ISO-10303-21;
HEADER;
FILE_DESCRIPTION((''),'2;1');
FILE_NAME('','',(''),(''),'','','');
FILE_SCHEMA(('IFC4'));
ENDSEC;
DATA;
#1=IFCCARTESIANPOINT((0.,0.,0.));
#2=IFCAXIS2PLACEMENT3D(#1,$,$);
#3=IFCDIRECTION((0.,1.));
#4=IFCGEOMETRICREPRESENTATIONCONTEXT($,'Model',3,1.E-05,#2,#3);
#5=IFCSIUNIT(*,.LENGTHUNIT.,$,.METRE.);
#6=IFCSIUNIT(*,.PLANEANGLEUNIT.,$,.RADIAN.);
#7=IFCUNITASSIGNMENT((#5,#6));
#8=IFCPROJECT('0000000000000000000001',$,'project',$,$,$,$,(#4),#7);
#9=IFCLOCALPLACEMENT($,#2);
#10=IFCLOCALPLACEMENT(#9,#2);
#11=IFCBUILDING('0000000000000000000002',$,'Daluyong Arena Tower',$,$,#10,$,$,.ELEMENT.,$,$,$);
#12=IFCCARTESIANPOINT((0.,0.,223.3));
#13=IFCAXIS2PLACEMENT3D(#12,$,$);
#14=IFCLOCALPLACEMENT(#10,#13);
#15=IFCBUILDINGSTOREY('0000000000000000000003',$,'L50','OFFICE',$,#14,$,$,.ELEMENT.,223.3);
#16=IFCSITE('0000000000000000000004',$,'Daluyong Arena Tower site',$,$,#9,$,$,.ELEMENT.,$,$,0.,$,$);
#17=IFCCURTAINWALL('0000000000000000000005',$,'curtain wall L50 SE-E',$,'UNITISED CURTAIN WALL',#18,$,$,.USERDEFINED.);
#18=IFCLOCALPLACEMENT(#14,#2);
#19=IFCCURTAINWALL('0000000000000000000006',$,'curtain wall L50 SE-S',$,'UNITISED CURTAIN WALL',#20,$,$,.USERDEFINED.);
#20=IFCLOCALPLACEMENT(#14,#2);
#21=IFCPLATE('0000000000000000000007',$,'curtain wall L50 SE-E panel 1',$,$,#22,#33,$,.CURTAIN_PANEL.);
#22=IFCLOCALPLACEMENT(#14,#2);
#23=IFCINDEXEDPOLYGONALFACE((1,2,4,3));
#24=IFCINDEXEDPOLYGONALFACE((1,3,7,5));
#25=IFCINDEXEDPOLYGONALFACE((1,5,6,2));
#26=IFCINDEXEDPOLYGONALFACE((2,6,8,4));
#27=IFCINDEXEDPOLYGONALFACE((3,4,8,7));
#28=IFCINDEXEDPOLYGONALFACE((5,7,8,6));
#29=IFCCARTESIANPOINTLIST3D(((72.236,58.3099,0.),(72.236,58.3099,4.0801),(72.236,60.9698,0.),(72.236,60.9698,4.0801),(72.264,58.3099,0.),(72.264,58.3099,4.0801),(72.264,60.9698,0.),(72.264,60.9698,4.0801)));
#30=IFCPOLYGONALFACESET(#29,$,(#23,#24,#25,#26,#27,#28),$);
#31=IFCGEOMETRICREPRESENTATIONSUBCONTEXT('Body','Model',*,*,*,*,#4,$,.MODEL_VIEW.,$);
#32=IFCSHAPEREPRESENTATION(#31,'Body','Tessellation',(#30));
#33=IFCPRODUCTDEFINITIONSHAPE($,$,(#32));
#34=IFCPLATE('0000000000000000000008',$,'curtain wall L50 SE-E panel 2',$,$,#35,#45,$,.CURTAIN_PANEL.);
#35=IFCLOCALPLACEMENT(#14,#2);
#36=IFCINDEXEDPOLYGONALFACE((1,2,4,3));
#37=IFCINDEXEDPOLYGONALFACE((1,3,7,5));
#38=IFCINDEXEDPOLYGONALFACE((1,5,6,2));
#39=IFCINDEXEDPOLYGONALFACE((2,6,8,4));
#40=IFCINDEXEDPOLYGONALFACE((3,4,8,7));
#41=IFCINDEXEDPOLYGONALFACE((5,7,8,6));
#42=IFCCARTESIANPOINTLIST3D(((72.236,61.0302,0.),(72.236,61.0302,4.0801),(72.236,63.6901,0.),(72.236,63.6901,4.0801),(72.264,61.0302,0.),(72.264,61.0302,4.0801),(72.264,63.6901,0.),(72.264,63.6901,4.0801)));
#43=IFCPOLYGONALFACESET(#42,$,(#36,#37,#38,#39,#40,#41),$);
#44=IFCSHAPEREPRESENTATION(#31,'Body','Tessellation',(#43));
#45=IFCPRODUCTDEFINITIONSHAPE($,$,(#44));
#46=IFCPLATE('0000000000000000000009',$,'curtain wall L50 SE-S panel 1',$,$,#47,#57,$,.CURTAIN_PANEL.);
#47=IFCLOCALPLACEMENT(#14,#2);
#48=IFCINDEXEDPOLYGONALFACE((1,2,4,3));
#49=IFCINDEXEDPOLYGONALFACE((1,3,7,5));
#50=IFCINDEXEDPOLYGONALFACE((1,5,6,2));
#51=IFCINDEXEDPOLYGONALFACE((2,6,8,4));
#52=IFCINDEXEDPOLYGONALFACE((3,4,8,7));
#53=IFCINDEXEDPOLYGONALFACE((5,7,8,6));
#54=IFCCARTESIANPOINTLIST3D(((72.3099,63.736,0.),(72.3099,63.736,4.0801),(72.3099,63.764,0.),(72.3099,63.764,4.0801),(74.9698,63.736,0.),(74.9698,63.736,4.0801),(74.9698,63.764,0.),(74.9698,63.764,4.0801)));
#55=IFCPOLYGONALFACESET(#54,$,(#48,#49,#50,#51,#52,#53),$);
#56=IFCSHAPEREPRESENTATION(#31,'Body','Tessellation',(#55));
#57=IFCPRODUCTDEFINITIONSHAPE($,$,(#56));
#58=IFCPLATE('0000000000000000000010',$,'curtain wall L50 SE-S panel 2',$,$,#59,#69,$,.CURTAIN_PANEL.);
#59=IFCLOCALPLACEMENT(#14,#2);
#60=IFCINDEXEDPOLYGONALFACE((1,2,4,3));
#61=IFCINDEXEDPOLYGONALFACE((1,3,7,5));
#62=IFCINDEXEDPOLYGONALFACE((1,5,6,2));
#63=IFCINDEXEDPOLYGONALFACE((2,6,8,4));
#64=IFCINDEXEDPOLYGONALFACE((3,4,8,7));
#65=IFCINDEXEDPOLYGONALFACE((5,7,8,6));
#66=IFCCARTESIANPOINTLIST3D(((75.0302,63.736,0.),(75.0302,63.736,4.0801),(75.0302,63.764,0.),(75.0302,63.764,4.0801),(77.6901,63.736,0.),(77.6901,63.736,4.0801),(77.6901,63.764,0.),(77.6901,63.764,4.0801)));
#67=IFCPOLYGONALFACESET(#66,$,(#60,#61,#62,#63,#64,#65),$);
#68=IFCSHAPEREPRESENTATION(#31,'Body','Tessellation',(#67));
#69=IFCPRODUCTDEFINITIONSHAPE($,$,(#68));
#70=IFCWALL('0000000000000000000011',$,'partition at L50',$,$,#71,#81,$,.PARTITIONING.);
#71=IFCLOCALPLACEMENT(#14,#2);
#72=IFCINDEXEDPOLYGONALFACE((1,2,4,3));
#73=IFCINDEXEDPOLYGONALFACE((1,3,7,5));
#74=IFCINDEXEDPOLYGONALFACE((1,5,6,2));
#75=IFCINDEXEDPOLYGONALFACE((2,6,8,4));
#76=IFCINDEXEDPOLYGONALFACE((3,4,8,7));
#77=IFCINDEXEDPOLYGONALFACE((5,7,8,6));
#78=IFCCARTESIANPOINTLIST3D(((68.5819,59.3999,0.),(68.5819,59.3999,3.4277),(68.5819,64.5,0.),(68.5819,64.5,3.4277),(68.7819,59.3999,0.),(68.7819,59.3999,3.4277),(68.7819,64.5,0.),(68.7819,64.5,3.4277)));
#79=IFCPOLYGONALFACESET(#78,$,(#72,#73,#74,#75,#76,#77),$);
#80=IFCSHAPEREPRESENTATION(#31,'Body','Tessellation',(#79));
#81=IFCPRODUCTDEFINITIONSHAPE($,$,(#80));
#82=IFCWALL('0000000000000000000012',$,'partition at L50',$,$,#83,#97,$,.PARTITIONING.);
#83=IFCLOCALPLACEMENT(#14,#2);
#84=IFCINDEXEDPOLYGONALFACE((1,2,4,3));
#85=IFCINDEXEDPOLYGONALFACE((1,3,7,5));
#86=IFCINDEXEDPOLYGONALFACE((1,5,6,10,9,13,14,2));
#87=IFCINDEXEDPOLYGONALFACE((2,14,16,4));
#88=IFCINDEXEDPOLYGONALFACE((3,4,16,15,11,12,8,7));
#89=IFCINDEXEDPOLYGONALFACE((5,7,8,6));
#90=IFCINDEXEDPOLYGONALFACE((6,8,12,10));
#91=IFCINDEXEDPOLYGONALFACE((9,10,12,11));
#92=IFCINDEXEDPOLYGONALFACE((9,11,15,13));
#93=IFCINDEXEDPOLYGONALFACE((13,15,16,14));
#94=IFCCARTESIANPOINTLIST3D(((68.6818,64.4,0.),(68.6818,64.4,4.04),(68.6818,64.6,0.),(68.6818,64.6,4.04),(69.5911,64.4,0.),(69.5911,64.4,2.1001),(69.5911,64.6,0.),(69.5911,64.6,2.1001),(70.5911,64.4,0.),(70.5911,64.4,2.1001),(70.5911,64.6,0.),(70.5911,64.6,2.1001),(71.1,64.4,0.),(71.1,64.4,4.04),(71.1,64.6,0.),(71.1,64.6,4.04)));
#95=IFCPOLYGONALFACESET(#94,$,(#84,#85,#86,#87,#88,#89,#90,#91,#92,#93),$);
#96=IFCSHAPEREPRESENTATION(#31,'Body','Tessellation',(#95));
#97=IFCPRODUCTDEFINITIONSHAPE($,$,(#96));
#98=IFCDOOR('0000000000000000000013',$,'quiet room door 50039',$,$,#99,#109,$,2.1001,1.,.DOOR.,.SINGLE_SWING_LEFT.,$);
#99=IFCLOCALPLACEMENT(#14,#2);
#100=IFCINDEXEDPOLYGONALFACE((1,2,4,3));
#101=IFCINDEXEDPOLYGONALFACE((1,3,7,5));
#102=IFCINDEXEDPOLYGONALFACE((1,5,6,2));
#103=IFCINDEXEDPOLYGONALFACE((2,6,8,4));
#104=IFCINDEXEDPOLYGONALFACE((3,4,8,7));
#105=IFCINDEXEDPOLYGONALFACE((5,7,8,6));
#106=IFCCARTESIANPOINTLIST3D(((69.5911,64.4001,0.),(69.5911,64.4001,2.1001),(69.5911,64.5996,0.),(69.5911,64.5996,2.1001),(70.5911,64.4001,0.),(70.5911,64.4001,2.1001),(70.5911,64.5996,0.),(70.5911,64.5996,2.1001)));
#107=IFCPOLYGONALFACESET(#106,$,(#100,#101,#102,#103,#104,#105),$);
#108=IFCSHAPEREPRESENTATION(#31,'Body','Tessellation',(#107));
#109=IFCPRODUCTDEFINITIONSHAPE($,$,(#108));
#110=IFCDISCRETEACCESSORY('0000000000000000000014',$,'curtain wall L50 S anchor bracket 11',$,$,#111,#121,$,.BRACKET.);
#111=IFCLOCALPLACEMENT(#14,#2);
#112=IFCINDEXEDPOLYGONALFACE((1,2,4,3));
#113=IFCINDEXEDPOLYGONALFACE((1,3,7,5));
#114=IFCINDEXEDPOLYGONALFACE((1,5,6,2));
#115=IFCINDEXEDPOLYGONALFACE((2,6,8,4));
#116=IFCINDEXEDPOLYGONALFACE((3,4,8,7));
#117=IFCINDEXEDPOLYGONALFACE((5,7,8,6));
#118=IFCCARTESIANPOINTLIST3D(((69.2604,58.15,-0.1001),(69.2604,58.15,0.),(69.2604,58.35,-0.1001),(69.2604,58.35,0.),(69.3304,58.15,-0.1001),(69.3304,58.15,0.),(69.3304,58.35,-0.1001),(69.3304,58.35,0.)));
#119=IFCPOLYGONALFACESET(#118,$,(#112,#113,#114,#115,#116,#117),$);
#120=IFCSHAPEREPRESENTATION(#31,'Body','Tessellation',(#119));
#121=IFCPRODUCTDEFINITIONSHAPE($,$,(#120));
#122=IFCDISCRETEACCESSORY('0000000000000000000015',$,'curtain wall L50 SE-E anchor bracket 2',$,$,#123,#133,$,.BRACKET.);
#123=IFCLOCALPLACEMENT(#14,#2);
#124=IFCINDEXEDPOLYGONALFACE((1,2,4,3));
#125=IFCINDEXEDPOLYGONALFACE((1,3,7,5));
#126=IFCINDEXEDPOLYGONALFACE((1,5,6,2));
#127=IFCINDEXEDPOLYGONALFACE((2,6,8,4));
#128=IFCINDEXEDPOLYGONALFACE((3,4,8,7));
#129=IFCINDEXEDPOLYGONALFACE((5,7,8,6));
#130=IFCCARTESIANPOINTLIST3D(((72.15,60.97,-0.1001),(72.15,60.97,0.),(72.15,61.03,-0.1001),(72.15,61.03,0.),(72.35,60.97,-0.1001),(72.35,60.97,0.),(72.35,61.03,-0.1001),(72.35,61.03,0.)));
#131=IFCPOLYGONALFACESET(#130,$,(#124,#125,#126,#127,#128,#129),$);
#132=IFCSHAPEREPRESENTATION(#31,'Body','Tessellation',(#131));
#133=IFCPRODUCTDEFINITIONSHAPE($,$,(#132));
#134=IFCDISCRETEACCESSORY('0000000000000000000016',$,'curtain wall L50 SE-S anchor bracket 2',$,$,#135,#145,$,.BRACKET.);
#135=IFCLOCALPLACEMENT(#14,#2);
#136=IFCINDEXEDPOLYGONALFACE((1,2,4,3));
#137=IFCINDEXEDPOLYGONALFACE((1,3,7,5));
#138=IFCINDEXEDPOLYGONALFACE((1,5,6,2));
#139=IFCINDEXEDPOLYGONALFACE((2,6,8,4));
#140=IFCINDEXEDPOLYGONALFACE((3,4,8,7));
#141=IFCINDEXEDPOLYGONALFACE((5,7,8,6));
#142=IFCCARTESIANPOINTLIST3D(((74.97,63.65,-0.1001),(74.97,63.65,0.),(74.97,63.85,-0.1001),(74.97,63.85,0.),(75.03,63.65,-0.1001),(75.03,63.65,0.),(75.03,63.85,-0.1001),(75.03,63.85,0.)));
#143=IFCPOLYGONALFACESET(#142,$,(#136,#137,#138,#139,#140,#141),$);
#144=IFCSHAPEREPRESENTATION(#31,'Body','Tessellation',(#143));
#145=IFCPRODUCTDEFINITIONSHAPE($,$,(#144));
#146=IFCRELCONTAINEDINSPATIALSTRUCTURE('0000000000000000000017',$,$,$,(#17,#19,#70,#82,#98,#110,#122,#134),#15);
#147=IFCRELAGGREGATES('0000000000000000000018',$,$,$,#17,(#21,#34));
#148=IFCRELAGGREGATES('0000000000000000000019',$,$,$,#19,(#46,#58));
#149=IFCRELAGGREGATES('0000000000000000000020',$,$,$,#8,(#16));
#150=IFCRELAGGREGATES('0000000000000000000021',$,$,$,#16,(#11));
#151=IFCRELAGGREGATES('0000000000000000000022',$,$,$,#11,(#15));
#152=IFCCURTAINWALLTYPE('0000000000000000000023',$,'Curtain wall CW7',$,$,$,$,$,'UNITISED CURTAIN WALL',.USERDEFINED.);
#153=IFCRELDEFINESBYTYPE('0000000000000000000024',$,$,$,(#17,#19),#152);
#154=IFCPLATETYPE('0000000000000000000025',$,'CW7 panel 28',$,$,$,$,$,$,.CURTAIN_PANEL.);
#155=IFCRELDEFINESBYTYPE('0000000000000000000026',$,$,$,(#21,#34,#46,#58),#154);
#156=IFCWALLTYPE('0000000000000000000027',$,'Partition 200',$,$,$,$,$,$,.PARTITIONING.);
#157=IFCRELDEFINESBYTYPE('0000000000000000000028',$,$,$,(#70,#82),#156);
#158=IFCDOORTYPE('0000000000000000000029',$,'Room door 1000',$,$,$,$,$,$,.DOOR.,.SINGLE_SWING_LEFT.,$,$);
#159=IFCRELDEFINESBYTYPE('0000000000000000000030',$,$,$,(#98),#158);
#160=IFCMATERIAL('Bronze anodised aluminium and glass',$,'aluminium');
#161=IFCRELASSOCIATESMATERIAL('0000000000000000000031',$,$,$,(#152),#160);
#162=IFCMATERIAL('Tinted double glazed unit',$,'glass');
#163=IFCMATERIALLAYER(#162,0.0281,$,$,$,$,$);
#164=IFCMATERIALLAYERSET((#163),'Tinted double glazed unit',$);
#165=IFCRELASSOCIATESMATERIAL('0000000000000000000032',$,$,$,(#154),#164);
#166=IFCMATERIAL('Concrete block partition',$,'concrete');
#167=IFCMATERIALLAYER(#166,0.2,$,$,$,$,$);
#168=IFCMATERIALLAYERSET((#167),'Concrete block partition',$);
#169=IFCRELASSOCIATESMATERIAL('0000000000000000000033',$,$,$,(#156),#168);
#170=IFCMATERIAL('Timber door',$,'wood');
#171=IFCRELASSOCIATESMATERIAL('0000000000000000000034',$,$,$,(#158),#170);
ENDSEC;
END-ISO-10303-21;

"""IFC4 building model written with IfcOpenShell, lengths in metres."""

from ifc_helpers import new_model, si_unit, direction, frame, frame_2d, origin, origin_2d, place, context, subcontext, project, spatial, rectangle, extrude, material, layer, layer_set, type_object, element, fill, aggregate, save


model = new_model("IFC4")

# Units and contexts
model_context = context("Model", 3, precision=1e-05, world=origin(), true_north=direction((0.0, 1.0)))
body_context = subcontext(model_context, "Body", "Model", "MODEL_VIEW")
ifc_project = project(units=[si_unit("LENGTHUNIT", "METRE"), si_unit("PLANEANGLEUNIT", "RADIAN")], contexts=[model_context])

# Site, building, storey
site_placement = place(None, origin())
site = spatial("IfcSite", under=ifc_project, at=site_placement, Name="Daluyong Arena Tower site", CompositionType="ELEMENT", RefElevation=0.0)
building_placement = place(site_placement, origin())
building = spatial("IfcBuilding", under=site, at=building_placement, Name="Daluyong Arena Tower", CompositionType="ELEMENT")
storey_placement = place(building_placement, frame((0.0, 0.0, 223.3)))
storey = spatial("IfcBuildingStorey", under=building, at=storey_placement, Name="L50", Description="OFFICE", CompositionType="ELEMENT", Elevation=223.3)

# Curtain walls
ifc_material_1 = material(Name="Bronze anodised aluminium and glass", Category="aluminium")
curtain_wall_type_1 = type_object("IfcCurtainWallType", Name="Curtain wall CW7", ElementType="UNITISED CURTAIN WALL", PredefinedType="USERDEFINED", material=ifc_material_1)
curtain_wall_1_placement = place(storey_placement, origin())
curtain_wall_1 = element("IfcCurtainWall", 1, at=curtain_wall_1_placement, inside=storey, type_object=curtain_wall_type_1, Name="curtain wall L50 SE-E", ObjectType="UNITISED CURTAIN WALL", PredefinedType="USERDEFINED")
curtain_wall_2_placement = place(storey_placement, origin())
curtain_wall_2 = element("IfcCurtainWall", 2, at=curtain_wall_2_placement, inside=storey, type_object=curtain_wall_type_1, Name="curtain wall L50 SE-S", ObjectType="UNITISED CURTAIN WALL", PredefinedType="USERDEFINED")

# Plates
ifc_material_2 = material(Name="Tinted double glazed unit", Category="glass")
ifc_layer_1 = layer(ifc_material_2, 0.0281)
ifc_layer_set_1 = layer_set([ifc_layer_1], Name="Tinted double glazed unit")
plate_type_1 = type_object("IfcPlateType", Name="CW7 panel 28", PredefinedType="CURTAIN_PANEL", material=ifc_layer_set_1)
plate_1_placement = place(storey_placement, frame((72.25, 59.6399, 0.0), z_axis=(0.0, 0.0, 1.0), x_axis=(0.0, 1.0, 0.0)))
plate_1 = element("IfcPlate", 3, at=plate_1_placement, type_object=plate_type_1, Name="curtain wall L50 SE-E panel 1", PredefinedType="CURTAIN_PANEL", context=body_context, shape_type="SweptSolid", body=[
    extrude(rectangle(XDim=2.6599, YDim=0.0281, at=origin_2d()), origin(), (0.0, 0.0, 1.0), 4.0801),
])
plate_2_placement = place(storey_placement, frame((72.25, 62.3601, 0.0), z_axis=(0.0, 0.0, 1.0), x_axis=(0.0, 1.0, 0.0)))
plate_2 = element("IfcPlate", 4, at=plate_2_placement, type_object=plate_type_1, Name="curtain wall L50 SE-E panel 2", PredefinedType="CURTAIN_PANEL", context=body_context, shape_type="SweptSolid", body=[
    extrude(rectangle(XDim=2.6599, YDim=0.0281, at=origin_2d()), origin(), (0.0, 0.0, 1.0), 4.0801),
])
aggregate(curtain_wall_1, [plate_1, plate_2])
plate_3_placement = place(storey_placement, frame((73.6399, 63.75, 0.0), z_axis=(0.0, 0.0, 1.0), x_axis=(1.0, 0.0, 0.0)))
plate_3 = element("IfcPlate", 5, at=plate_3_placement, type_object=plate_type_1, Name="curtain wall L50 SE-S panel 1", PredefinedType="CURTAIN_PANEL", context=body_context, shape_type="SweptSolid", body=[
    extrude(rectangle(XDim=2.6599, YDim=0.0281, at=origin_2d()), origin(), (0.0, 0.0, 1.0), 4.0801),
])
plate_4_placement = place(storey_placement, frame((76.3601, 63.75, 0.0), z_axis=(0.0, 0.0, 1.0), x_axis=(1.0, 0.0, 0.0)))
plate_4 = element("IfcPlate", 6, at=plate_4_placement, type_object=plate_type_1, Name="curtain wall L50 SE-S panel 2", PredefinedType="CURTAIN_PANEL", context=body_context, shape_type="SweptSolid", body=[
    extrude(rectangle(XDim=2.6599, YDim=0.0281, at=origin_2d()), origin(), (0.0, 0.0, 1.0), 4.0801),
])
aggregate(curtain_wall_2, [plate_3, plate_4])

# Wall
ifc_material_3 = material(Name="Concrete block partition", Category="concrete")
ifc_layer_2 = layer(ifc_material_3, 0.2)
ifc_layer_set_2 = layer_set([ifc_layer_2], Name="Concrete block partition")
wall_type = type_object("IfcWallType", Name="Partition 200", PredefinedType="PARTITIONING", material=ifc_layer_set_2)
wall_1_placement = place(storey_placement, frame((68.6819, 59.3999, 0.0), z_axis=(0.0, 0.0, 1.0), x_axis=(0.0, 1.0, 0.0)))
element("IfcWall", 7, at=wall_1_placement, inside=storey, type_object=wall_type, Name="partition at L50", PredefinedType="PARTITIONING", context=body_context, shape_type="SweptSolid", body=[
    extrude(rectangle(XDim=5.1001, YDim=0.2, at=frame_2d((2.55, 0.0))), origin(), (0.0, 0.0, 1.0), 3.4277),
])

# Wall, opening, door
wall_2_placement = place(storey_placement, frame((68.6819, 64.5, 0.0), z_axis=(0.0, 0.0, 1.0), x_axis=(1.0, 0.0, 0.0)))
wall_2 = element("IfcWall", 8, at=wall_2_placement, inside=storey, type_object=wall_type, Name="partition at L50", PredefinedType="PARTITIONING", context=body_context, shape_type="SweptSolid", body=[
    extrude(rectangle(XDim=2.4182, YDim=0.2, at=frame_2d((1.209, 0.0))), origin(), (0.0, 0.0, 1.0), 4.04),
])
opening_placement = place(wall_2_placement, frame((0.9092, 0.0, 0.0)))
opening = element("IfcOpeningElement", 9, at=opening_placement, cuts=wall_2, PredefinedType="OPENING", context=body_context, shape_type="SweptSolid", body=[
    extrude(rectangle(XDim=1.0, YDim=2.1001, at=frame_2d((0.5, 1.05))), frame((0.0, 0.1099, 0.0), z_axis=(0.0, -1.0, 0.0), x_axis=(1.0, 0.0, 0.0)), (0.0, 0.0, 1.0), 0.22),
])
ifc_material_4 = material(Name="Timber door", Category="wood")
door_type = type_object("IfcDoorType", Name="Room door 1000", OperationType="SINGLE_SWING_LEFT", PredefinedType="DOOR", material=ifc_material_4)
door_placement = place(opening_placement, origin())
door = element("IfcDoor", 10, at=door_placement, inside=storey, type_object=door_type, Name="quiet room door 50039", OperationType="SINGLE_SWING_LEFT", OverallHeight=2.1001, OverallWidth=1.0, PredefinedType="DOOR", context=body_context, shape_type="SweptSolid", body=[
    extrude(rectangle(XDim=1.0, YDim=2.1001, at=frame_2d((0.5, 1.05))), frame((0.0, 0.0996, 0.0), z_axis=(0.0, -1.0, 0.0), x_axis=(1.0, 0.0, 0.0)), (0.0, 0.0, 1.0), 0.1995),
])
fill(opening, door)

# Discrete accessories
discrete_accessory_placement = place(storey_placement, frame((69.2954, 58.25, -0.1001), z_axis=(0.0, 0.0, 1.0), x_axis=(1.0, 0.0, 0.0)))
element("IfcDiscreteAccessory", 11, at=discrete_accessory_placement, inside=storey, Name="curtain wall L50 S anchor bracket 11", PredefinedType="BRACKET", context=body_context, shape_type="SweptSolid", body=[
    extrude(rectangle(XDim=0.0701, YDim=0.2, at=origin_2d()), origin(), (0.0, 0.0, 1.0), 0.1001),
])
for number, where, z_axis, x_axis, name in (
    (12, (72.25, 61.0, -0.1001), (0.0, 0.0, 1.0), (0.0, 1.0, 0.0), "curtain wall L50 SE-E anchor bracket 2"),
    (13, (75.0, 63.75, -0.1001), (0.0, 0.0, 1.0), (1.0, 0.0, 0.0), "curtain wall L50 SE-S anchor bracket 2"),
):
    element("IfcDiscreteAccessory", number, at=place(storey_placement, frame(where, z_axis=z_axis, x_axis=x_axis)), inside=storey, Name=name, PredefinedType="BRACKET", context=body_context, shape_type="SweptSolid", body=[
        extrude(rectangle(XDim=0.0601, YDim=0.2, at=origin_2d()), origin(), (0.0, 0.0, 1.0), 0.1001),
    ])

save(model, "model.ifc")
